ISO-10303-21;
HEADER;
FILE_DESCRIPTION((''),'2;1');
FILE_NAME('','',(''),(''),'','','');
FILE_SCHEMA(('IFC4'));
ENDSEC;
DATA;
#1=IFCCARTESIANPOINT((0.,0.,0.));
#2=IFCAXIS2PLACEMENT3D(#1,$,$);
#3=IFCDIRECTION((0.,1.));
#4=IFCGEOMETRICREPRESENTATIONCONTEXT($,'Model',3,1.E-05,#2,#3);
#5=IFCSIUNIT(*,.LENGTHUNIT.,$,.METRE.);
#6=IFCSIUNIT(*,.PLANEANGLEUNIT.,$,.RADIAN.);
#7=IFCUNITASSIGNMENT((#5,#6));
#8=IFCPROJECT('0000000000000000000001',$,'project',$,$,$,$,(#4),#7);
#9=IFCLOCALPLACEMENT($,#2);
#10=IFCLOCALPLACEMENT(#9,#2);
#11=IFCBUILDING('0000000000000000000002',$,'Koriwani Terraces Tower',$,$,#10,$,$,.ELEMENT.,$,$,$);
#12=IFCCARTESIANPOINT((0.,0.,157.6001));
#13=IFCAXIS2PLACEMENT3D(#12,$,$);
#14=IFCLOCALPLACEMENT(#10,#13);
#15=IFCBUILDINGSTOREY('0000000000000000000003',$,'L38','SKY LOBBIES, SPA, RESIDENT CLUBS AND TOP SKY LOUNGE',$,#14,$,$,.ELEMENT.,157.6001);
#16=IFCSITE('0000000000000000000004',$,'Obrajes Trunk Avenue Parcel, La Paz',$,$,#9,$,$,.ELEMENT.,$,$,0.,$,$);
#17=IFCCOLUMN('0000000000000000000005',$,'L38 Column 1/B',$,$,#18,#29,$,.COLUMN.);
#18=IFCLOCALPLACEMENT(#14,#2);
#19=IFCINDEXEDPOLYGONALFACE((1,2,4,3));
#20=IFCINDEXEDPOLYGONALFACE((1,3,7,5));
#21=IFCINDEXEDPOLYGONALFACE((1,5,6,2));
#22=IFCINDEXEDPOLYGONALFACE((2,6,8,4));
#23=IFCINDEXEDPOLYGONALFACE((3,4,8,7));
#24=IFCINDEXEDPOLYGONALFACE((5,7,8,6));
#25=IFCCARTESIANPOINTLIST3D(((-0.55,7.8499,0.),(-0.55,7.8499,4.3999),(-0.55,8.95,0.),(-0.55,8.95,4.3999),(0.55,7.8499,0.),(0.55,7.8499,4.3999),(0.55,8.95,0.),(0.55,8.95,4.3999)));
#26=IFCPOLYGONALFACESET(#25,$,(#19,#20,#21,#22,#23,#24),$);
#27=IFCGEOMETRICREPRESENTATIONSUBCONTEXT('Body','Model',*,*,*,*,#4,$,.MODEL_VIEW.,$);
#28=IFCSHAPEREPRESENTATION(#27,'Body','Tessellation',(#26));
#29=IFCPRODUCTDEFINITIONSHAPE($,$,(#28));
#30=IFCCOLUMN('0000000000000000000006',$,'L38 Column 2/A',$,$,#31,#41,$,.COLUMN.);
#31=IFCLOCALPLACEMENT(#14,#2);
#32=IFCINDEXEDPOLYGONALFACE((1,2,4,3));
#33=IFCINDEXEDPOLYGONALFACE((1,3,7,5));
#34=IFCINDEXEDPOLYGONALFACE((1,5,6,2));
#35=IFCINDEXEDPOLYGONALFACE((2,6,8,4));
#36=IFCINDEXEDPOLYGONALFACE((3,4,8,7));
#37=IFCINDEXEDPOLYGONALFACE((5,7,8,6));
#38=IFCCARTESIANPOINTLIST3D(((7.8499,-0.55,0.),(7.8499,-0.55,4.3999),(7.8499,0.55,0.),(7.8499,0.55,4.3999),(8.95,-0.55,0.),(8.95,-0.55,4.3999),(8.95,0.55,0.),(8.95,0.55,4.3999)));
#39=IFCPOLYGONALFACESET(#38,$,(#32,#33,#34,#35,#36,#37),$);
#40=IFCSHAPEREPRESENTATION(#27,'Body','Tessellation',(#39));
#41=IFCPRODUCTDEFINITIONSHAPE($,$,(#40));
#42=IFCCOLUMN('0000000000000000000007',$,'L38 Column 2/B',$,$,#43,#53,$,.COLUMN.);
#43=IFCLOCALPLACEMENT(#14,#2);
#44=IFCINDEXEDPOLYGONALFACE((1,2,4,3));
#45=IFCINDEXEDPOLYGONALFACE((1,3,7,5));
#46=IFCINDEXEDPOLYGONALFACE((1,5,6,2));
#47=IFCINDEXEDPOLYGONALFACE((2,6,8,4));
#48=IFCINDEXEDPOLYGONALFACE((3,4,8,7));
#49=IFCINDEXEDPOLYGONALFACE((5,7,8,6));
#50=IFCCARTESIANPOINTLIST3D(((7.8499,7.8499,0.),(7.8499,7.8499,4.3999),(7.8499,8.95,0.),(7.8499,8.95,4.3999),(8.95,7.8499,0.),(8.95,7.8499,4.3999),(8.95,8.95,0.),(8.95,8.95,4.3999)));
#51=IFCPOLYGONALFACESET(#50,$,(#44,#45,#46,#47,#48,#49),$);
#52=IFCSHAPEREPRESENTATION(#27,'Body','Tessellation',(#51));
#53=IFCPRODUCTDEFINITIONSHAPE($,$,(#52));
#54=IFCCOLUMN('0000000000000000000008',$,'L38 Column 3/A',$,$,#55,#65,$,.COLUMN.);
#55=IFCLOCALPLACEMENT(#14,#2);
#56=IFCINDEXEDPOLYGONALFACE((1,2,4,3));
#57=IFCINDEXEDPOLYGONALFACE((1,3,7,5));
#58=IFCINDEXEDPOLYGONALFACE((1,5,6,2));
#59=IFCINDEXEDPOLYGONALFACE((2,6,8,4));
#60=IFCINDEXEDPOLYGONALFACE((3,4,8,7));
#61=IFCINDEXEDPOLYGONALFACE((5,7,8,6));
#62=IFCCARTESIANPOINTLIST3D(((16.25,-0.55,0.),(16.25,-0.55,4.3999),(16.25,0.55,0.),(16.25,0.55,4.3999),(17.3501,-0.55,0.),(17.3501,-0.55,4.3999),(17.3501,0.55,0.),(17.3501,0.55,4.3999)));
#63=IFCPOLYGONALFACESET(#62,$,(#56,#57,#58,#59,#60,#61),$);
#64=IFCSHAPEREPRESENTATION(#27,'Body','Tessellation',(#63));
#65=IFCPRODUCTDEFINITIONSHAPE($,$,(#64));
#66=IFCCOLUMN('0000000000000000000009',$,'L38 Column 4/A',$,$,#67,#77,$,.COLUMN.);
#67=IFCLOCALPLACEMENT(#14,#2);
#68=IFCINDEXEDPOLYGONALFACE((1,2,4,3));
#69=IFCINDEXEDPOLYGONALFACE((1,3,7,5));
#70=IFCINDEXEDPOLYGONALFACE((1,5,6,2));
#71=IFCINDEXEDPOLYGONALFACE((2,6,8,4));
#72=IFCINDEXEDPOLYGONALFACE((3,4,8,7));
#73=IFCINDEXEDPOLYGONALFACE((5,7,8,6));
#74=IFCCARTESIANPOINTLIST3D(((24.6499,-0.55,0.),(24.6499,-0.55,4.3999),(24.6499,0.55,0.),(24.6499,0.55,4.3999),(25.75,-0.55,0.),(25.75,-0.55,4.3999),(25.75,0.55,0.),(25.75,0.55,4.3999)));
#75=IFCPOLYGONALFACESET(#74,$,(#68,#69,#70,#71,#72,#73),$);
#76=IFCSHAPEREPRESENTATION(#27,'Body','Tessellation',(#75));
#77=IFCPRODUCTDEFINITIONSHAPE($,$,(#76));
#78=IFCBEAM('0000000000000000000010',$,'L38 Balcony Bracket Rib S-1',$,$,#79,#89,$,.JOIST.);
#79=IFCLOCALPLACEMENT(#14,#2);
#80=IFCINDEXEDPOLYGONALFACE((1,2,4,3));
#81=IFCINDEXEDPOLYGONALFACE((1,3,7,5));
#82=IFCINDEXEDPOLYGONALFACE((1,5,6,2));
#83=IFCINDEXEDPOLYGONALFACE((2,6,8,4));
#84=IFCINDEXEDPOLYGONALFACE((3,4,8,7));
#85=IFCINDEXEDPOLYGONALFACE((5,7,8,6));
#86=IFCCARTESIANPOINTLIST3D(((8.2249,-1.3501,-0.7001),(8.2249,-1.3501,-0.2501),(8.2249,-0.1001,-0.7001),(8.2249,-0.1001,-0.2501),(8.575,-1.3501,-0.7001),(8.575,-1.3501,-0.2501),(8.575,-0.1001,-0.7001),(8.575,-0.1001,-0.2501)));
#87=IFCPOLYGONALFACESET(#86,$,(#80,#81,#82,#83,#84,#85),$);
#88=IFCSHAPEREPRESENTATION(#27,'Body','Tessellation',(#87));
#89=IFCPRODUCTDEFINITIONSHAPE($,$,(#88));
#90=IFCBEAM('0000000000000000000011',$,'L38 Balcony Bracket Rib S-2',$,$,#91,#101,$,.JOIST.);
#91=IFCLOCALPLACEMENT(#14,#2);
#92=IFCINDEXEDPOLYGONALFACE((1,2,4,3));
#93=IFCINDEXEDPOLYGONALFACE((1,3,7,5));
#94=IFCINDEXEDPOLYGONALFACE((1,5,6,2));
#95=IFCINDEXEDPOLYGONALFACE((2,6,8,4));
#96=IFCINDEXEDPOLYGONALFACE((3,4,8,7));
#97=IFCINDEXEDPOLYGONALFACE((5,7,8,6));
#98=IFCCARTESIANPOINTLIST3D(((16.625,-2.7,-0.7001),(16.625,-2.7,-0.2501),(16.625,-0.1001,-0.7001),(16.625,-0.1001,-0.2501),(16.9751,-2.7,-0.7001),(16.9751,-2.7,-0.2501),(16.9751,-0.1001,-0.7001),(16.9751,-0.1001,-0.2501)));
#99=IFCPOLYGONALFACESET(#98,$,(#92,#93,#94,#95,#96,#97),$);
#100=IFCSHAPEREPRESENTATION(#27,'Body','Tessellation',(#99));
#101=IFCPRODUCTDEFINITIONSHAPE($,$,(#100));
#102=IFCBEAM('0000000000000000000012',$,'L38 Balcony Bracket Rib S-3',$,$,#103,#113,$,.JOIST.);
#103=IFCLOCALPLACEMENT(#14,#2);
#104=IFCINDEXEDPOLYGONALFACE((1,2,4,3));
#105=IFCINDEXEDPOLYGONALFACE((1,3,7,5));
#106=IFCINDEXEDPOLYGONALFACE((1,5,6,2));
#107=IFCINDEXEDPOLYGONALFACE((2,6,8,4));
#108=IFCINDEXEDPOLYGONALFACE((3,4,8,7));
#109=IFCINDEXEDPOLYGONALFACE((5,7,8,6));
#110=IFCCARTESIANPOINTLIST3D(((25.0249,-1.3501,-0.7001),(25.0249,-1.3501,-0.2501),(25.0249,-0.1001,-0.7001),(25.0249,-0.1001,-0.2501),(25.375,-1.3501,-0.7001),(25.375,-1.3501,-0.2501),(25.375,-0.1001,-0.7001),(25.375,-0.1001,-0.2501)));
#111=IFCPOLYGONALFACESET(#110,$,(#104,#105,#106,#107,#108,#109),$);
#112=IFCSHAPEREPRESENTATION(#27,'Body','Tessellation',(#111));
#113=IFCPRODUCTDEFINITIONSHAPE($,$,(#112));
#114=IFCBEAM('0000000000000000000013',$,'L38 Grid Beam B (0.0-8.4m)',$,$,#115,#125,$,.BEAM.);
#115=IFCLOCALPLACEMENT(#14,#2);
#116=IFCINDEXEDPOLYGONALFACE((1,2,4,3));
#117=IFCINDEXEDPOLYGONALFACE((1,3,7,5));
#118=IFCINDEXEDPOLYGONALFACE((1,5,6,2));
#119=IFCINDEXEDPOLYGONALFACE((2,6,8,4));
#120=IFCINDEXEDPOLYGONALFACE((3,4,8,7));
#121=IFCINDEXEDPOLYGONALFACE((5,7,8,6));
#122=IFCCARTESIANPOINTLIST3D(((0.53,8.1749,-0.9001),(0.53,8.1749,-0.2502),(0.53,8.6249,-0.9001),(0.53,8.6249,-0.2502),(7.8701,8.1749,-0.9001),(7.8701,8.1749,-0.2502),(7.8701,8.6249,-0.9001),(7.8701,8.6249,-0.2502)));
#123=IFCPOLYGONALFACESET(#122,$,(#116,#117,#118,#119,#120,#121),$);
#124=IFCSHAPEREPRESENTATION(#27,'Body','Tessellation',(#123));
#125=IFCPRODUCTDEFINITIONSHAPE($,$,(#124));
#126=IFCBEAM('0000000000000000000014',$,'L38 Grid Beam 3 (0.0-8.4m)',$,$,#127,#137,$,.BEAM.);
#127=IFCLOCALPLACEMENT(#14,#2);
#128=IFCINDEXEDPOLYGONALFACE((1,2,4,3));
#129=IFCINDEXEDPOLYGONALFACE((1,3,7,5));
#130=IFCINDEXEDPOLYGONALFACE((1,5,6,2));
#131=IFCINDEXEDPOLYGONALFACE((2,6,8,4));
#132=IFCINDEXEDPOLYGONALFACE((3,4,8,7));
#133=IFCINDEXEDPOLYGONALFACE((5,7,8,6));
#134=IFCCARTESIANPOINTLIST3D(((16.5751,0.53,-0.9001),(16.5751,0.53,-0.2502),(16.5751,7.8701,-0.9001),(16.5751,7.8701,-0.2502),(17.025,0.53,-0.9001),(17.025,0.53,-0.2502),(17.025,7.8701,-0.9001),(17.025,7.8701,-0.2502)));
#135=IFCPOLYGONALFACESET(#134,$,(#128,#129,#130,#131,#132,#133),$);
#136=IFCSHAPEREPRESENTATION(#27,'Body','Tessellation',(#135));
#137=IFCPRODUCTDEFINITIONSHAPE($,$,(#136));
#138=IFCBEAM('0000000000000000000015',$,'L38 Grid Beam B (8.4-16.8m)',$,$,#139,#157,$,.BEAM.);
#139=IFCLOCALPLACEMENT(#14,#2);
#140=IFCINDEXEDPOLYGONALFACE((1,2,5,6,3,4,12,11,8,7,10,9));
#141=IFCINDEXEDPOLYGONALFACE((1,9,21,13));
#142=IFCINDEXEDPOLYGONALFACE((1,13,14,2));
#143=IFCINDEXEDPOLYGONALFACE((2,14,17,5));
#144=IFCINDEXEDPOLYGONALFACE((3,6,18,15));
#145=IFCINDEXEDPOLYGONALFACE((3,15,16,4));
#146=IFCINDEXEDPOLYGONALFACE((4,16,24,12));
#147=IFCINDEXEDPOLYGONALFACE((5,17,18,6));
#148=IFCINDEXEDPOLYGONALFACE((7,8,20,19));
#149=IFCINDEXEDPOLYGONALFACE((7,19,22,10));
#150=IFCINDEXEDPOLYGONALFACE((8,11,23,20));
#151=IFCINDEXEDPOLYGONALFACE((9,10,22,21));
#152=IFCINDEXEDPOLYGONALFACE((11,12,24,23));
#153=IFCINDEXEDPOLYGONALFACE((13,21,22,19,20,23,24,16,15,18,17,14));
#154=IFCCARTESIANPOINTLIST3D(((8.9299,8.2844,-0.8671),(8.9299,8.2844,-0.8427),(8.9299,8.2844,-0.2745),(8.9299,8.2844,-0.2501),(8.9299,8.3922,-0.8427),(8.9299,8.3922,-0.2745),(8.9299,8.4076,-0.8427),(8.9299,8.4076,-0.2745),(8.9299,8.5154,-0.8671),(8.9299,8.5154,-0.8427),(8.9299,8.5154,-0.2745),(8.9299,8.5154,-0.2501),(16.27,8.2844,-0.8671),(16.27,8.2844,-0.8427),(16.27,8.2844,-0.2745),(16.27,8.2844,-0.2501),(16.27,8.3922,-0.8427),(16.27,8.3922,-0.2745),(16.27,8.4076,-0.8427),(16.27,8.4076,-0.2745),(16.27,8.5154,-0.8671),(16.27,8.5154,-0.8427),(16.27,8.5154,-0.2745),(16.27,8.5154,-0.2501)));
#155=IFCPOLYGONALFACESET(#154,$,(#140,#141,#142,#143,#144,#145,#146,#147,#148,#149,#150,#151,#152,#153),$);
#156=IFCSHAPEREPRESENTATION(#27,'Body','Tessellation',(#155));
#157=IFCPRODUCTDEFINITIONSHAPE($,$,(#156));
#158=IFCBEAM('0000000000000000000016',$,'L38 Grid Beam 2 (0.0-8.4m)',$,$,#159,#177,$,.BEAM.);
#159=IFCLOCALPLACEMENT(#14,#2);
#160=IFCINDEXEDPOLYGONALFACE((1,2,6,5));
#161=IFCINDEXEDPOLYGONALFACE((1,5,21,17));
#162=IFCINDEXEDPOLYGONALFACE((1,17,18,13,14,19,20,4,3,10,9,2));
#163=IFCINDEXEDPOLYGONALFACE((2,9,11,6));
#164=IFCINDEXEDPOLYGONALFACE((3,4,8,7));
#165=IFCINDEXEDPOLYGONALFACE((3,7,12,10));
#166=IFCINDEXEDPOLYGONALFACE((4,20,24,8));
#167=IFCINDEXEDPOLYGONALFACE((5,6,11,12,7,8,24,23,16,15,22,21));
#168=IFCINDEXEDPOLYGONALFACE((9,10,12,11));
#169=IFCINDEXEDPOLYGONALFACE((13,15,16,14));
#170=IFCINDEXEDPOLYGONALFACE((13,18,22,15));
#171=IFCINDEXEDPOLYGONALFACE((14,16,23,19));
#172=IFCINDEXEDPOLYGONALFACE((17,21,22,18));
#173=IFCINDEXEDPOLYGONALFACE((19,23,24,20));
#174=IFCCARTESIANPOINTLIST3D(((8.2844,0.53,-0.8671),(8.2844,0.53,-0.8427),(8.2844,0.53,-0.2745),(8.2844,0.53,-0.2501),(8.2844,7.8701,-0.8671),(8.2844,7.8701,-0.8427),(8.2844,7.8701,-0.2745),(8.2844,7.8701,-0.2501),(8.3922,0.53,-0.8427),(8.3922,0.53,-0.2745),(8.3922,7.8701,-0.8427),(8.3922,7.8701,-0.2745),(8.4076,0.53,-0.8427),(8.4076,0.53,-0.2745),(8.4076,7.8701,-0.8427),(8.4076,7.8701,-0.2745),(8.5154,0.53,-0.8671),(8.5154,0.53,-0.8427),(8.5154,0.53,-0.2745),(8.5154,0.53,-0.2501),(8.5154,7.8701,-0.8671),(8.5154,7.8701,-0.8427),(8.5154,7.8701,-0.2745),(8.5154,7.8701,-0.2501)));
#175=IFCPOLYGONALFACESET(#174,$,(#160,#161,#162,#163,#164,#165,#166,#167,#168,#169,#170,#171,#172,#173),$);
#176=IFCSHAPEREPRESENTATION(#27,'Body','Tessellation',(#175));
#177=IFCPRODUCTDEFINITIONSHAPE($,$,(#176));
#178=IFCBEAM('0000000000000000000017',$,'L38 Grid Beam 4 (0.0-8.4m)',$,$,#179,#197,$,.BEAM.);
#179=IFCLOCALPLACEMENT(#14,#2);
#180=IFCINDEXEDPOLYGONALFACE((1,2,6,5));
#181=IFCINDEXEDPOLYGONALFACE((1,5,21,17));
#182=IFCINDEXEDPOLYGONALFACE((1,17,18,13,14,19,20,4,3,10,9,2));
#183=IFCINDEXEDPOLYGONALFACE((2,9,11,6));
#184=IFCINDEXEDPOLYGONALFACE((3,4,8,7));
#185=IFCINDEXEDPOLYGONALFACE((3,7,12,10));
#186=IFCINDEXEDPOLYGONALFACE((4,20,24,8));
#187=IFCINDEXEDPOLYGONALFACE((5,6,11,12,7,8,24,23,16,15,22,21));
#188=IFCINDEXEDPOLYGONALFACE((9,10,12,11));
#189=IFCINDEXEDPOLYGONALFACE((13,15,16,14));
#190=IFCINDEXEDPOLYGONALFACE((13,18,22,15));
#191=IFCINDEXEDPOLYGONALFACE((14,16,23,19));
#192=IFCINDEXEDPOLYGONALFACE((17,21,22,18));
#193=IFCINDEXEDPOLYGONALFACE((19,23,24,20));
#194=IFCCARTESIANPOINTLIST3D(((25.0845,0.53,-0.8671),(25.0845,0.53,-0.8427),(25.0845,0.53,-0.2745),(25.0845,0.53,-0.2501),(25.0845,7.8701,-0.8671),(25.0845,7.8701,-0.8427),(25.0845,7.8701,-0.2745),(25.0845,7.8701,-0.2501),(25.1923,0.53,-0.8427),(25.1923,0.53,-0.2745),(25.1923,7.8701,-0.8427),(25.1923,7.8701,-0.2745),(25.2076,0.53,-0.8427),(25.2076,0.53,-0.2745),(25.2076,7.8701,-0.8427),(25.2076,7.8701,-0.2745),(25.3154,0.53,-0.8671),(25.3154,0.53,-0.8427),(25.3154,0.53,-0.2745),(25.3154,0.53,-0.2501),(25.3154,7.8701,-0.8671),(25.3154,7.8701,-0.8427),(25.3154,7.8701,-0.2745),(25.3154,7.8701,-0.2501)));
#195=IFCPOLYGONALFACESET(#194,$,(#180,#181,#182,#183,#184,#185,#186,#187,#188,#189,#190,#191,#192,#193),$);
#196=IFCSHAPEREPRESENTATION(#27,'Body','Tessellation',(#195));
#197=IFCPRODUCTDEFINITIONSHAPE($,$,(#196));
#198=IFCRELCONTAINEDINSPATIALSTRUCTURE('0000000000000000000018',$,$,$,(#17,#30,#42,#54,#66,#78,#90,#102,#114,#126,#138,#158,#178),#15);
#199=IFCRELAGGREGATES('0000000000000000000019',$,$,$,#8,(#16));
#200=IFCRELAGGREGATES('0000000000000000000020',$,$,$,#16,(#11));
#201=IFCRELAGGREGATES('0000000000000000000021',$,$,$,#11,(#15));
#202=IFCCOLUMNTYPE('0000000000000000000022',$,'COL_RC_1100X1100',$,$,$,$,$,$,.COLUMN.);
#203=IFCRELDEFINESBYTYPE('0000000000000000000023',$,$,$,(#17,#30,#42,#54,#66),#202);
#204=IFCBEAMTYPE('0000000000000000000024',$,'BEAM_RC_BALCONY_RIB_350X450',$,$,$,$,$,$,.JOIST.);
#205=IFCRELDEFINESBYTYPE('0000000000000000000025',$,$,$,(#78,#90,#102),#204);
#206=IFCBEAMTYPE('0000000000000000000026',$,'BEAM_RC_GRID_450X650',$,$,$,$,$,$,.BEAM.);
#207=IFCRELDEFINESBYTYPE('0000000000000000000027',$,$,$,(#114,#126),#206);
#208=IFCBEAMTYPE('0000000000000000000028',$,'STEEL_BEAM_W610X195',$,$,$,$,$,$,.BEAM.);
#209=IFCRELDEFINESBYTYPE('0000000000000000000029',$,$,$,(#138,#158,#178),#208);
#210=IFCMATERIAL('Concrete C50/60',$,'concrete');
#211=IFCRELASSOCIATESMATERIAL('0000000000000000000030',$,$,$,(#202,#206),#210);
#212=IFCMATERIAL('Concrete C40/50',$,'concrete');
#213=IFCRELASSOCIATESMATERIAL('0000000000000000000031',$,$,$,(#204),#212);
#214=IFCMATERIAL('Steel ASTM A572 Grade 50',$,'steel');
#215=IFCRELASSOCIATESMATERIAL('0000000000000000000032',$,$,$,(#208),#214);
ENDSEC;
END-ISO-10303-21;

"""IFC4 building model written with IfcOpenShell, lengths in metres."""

from ifc_helpers import new_model, si_unit, direction, frame, origin, origin_2d, place, context, subcontext, project, spatial, rectangle, i_section, extrude, material, material_profile, profile_set, type_object, element, save


model = new_model("IFC4")

# Units and contexts
model_context = context("Model", 3, precision=1e-05, world=origin(), true_north=direction((0.0, 1.0)))
body_context = subcontext(model_context, "Body", "Model", "MODEL_VIEW")
ifc_project = project(units=[si_unit("LENGTHUNIT", "METRE"), si_unit("PLANEANGLEUNIT", "RADIAN")], contexts=[model_context])

# Site, building, storey
site_placement = place(None, origin())
site = spatial("IfcSite", under=ifc_project, at=site_placement, Name="Obrajes Trunk Avenue Parcel, La Paz", CompositionType="ELEMENT", RefElevation=0.0)
building_placement = place(site_placement, origin())
building = spatial("IfcBuilding", under=site, at=building_placement, Name="Koriwani Terraces Tower", CompositionType="ELEMENT")
storey_placement = place(building_placement, frame((0.0, 0.0, 157.6001)))
storey = spatial("IfcBuildingStorey", under=building, at=storey_placement, Name="L38", Description="SKY LOBBIES, SPA, RESIDENT CLUBS AND TOP SKY LOUNGE", CompositionType="ELEMENT", Elevation=157.6001)

# Columns
ifc_material_1 = material(Name="Concrete C50/60", Category="concrete")
ifc_material_profile_1 = material_profile(ifc_material_1, rectangle(XDim=1.1001, YDim=1.1001, at=origin_2d()), Name="Concrete C50/60", Category="LoadBearing")
ifc_profile_set_1 = profile_set([ifc_material_profile_1], Name="Concrete C50/60")
column_type = type_object("IfcColumnType", Name="COL_RC_1100X1100", PredefinedType="COLUMN", material=ifc_profile_set_1)
for number, where, z_axis, x_axis, name in (
    (1, (0.0, 8.3999, 0.0), (0.0, 0.0, 1.0), (1.0, 0.0, 0.0), "L38 Column 1/B"),
    (2, (8.3999, 0.0, 0.0), (0.0, 0.0, 1.0), (1.0, 0.0, 0.0), "L38 Column 2/A"),
    (3, (8.3999, 8.3999, 0.0), (0.0, 0.0, 1.0), (1.0, 0.0, 0.0), "L38 Column 2/B"),
    (4, (16.8, 0.0, 0.0), (0.0, 0.0, 1.0), (1.0, 0.0, 0.0), "L38 Column 3/A"),
    (5, (25.2, 0.0, 0.0), (0.0, 0.0, 1.0), (1.0, 0.0, 0.0), "L38 Column 4/A"),
):
    element("IfcColumn", number, at=place(storey_placement, frame(where, z_axis=z_axis, x_axis=x_axis)), inside=storey, type_object=column_type, Name=name, PredefinedType="COLUMN", context=body_context, shape_type="SweptSolid", body=[
        extrude(rectangle(XDim=1.1001, YDim=1.1001, at=origin_2d()), origin(), (0.0, 0.0, 1.0), 4.3999),
    ])

# Beams
ifc_material_2 = material(Name="Concrete C40/50", Category="concrete")
ifc_material_profile_2 = material_profile(ifc_material_2, rectangle(XDim=0.3501, YDim=0.45, at=origin_2d()), Name="Concrete C40/50", Category="LoadBearing")
ifc_profile_set_2 = profile_set([ifc_material_profile_2], Name="Concrete C40/50")
beam_type_1 = type_object("IfcBeamType", Name="BEAM_RC_BALCONY_RIB_350X450", PredefinedType="JOIST", material=ifc_profile_set_2)
beam_1_placement = place(storey_placement, frame((8.3999, -1.3501, -0.4751), z_axis=(0.0, 1.0, 0.0), x_axis=(-1.0, 0.0, 0.0)))
element("IfcBeam", 6, at=beam_1_placement, inside=storey, type_object=beam_type_1, Name="L38 Balcony Bracket Rib S-1", PredefinedType="JOIST", context=body_context, shape_type="SweptSolid", body=[
    extrude(rectangle(XDim=0.3501, YDim=0.45, at=origin_2d()), origin(), (0.0, 0.0, 1.0), 1.25),
])
beam_2_placement = place(storey_placement, frame((16.8, -2.7, -0.4751), z_axis=(0.0, 1.0, 0.0), x_axis=(-1.0, 0.0, 0.0)))
element("IfcBeam", 7, at=beam_2_placement, inside=storey, type_object=beam_type_1, Name="L38 Balcony Bracket Rib S-2", PredefinedType="JOIST", context=body_context, shape_type="SweptSolid", body=[
    extrude(rectangle(XDim=0.3501, YDim=0.45, at=origin_2d()), origin(), (0.0, 0.0, 1.0), 2.5999),
])
beam_3_placement = place(storey_placement, frame((25.2, -1.3501, -0.4751), z_axis=(0.0, 1.0, 0.0), x_axis=(-1.0, 0.0, 0.0)))
element("IfcBeam", 8, at=beam_3_placement, inside=storey, type_object=beam_type_1, Name="L38 Balcony Bracket Rib S-3", PredefinedType="JOIST", context=body_context, shape_type="SweptSolid", body=[
    extrude(rectangle(XDim=0.3501, YDim=0.45, at=origin_2d()), origin(), (0.0, 0.0, 1.0), 1.25),
])
ifc_material_profile_3 = material_profile(ifc_material_1, rectangle(XDim=0.45, YDim=0.6499, at=origin_2d()), Name="Concrete C50/60", Category="LoadBearing")
ifc_profile_set_3 = profile_set([ifc_material_profile_3], Name="Concrete C50/60")
beam_type_2 = type_object("IfcBeamType", Name="BEAM_RC_GRID_450X650", PredefinedType="BEAM", material=ifc_profile_set_3)
for number, where, z_axis, x_axis, name in (
    (9, (0.53, 8.3999, -0.5752), (1.0, 0.0, 0.0), (0.0, 1.0, 0.0), "L38 Grid Beam B (0.0-8.4m)"),
    (10, (16.8, 0.53, -0.5752), (0.0, 1.0, 0.0), (-1.0, 0.0, 0.0), "L38 Grid Beam 3 (0.0-8.4m)"),
):
    element("IfcBeam", number, at=place(storey_placement, frame(where, z_axis=z_axis, x_axis=x_axis)), inside=storey, type_object=beam_type_2, Name=name, PredefinedType="BEAM", context=body_context, shape_type="SweptSolid", body=[
        extrude(rectangle(XDim=0.45, YDim=0.6499, at=origin_2d()), origin(), (0.0, 0.0, 1.0), 7.3401),
    ])
ifc_material_3 = material(Name="Steel ASTM A572 Grade 50", Category="steel")
ifc_material_profile_4 = material_profile(ifc_material_3, i_section(OverallWidth=0.231, OverallDepth=0.6169, WebThickness=0.0154, FlangeThickness=0.0244, at=origin_2d()), Name="Steel ASTM A572 Grade 50", Category="LoadBearing")
ifc_profile_set_4 = profile_set([ifc_material_profile_4], Name="Steel ASTM A572 Grade 50")
beam_type_3 = type_object("IfcBeamType", Name="STEEL_BEAM_W610X195", PredefinedType="BEAM", material=ifc_profile_set_4)
for number, where, z_axis, x_axis, name in (
    (11, (8.9299, 8.3999, -0.5586), (1.0, 0.0, 0.0), (0.0, 1.0, 0.0), "L38 Grid Beam B (8.4-16.8m)"),
    (12, (8.3999, 0.53, -0.5586), (0.0, 1.0, 0.0), (-1.0, 0.0, 0.0), "L38 Grid Beam 2 (0.0-8.4m)"),
    (13, (25.2, 0.53, -0.5586), (0.0, 1.0, 0.0), (-1.0, 0.0, 0.0), "L38 Grid Beam 4 (0.0-8.4m)"),
):
    element("IfcBeam", number, at=place(storey_placement, frame(where, z_axis=z_axis, x_axis=x_axis)), inside=storey, type_object=beam_type_3, Name=name, PredefinedType="BEAM", context=body_context, shape_type="SweptSolid", body=[
        extrude(i_section(OverallWidth=0.231, OverallDepth=0.6169, WebThickness=0.0154, FlangeThickness=0.0244, at=origin_2d()), origin(), (0.0, 0.0, 1.0), 7.3401),
    ])

save(model, "model.ifc")
